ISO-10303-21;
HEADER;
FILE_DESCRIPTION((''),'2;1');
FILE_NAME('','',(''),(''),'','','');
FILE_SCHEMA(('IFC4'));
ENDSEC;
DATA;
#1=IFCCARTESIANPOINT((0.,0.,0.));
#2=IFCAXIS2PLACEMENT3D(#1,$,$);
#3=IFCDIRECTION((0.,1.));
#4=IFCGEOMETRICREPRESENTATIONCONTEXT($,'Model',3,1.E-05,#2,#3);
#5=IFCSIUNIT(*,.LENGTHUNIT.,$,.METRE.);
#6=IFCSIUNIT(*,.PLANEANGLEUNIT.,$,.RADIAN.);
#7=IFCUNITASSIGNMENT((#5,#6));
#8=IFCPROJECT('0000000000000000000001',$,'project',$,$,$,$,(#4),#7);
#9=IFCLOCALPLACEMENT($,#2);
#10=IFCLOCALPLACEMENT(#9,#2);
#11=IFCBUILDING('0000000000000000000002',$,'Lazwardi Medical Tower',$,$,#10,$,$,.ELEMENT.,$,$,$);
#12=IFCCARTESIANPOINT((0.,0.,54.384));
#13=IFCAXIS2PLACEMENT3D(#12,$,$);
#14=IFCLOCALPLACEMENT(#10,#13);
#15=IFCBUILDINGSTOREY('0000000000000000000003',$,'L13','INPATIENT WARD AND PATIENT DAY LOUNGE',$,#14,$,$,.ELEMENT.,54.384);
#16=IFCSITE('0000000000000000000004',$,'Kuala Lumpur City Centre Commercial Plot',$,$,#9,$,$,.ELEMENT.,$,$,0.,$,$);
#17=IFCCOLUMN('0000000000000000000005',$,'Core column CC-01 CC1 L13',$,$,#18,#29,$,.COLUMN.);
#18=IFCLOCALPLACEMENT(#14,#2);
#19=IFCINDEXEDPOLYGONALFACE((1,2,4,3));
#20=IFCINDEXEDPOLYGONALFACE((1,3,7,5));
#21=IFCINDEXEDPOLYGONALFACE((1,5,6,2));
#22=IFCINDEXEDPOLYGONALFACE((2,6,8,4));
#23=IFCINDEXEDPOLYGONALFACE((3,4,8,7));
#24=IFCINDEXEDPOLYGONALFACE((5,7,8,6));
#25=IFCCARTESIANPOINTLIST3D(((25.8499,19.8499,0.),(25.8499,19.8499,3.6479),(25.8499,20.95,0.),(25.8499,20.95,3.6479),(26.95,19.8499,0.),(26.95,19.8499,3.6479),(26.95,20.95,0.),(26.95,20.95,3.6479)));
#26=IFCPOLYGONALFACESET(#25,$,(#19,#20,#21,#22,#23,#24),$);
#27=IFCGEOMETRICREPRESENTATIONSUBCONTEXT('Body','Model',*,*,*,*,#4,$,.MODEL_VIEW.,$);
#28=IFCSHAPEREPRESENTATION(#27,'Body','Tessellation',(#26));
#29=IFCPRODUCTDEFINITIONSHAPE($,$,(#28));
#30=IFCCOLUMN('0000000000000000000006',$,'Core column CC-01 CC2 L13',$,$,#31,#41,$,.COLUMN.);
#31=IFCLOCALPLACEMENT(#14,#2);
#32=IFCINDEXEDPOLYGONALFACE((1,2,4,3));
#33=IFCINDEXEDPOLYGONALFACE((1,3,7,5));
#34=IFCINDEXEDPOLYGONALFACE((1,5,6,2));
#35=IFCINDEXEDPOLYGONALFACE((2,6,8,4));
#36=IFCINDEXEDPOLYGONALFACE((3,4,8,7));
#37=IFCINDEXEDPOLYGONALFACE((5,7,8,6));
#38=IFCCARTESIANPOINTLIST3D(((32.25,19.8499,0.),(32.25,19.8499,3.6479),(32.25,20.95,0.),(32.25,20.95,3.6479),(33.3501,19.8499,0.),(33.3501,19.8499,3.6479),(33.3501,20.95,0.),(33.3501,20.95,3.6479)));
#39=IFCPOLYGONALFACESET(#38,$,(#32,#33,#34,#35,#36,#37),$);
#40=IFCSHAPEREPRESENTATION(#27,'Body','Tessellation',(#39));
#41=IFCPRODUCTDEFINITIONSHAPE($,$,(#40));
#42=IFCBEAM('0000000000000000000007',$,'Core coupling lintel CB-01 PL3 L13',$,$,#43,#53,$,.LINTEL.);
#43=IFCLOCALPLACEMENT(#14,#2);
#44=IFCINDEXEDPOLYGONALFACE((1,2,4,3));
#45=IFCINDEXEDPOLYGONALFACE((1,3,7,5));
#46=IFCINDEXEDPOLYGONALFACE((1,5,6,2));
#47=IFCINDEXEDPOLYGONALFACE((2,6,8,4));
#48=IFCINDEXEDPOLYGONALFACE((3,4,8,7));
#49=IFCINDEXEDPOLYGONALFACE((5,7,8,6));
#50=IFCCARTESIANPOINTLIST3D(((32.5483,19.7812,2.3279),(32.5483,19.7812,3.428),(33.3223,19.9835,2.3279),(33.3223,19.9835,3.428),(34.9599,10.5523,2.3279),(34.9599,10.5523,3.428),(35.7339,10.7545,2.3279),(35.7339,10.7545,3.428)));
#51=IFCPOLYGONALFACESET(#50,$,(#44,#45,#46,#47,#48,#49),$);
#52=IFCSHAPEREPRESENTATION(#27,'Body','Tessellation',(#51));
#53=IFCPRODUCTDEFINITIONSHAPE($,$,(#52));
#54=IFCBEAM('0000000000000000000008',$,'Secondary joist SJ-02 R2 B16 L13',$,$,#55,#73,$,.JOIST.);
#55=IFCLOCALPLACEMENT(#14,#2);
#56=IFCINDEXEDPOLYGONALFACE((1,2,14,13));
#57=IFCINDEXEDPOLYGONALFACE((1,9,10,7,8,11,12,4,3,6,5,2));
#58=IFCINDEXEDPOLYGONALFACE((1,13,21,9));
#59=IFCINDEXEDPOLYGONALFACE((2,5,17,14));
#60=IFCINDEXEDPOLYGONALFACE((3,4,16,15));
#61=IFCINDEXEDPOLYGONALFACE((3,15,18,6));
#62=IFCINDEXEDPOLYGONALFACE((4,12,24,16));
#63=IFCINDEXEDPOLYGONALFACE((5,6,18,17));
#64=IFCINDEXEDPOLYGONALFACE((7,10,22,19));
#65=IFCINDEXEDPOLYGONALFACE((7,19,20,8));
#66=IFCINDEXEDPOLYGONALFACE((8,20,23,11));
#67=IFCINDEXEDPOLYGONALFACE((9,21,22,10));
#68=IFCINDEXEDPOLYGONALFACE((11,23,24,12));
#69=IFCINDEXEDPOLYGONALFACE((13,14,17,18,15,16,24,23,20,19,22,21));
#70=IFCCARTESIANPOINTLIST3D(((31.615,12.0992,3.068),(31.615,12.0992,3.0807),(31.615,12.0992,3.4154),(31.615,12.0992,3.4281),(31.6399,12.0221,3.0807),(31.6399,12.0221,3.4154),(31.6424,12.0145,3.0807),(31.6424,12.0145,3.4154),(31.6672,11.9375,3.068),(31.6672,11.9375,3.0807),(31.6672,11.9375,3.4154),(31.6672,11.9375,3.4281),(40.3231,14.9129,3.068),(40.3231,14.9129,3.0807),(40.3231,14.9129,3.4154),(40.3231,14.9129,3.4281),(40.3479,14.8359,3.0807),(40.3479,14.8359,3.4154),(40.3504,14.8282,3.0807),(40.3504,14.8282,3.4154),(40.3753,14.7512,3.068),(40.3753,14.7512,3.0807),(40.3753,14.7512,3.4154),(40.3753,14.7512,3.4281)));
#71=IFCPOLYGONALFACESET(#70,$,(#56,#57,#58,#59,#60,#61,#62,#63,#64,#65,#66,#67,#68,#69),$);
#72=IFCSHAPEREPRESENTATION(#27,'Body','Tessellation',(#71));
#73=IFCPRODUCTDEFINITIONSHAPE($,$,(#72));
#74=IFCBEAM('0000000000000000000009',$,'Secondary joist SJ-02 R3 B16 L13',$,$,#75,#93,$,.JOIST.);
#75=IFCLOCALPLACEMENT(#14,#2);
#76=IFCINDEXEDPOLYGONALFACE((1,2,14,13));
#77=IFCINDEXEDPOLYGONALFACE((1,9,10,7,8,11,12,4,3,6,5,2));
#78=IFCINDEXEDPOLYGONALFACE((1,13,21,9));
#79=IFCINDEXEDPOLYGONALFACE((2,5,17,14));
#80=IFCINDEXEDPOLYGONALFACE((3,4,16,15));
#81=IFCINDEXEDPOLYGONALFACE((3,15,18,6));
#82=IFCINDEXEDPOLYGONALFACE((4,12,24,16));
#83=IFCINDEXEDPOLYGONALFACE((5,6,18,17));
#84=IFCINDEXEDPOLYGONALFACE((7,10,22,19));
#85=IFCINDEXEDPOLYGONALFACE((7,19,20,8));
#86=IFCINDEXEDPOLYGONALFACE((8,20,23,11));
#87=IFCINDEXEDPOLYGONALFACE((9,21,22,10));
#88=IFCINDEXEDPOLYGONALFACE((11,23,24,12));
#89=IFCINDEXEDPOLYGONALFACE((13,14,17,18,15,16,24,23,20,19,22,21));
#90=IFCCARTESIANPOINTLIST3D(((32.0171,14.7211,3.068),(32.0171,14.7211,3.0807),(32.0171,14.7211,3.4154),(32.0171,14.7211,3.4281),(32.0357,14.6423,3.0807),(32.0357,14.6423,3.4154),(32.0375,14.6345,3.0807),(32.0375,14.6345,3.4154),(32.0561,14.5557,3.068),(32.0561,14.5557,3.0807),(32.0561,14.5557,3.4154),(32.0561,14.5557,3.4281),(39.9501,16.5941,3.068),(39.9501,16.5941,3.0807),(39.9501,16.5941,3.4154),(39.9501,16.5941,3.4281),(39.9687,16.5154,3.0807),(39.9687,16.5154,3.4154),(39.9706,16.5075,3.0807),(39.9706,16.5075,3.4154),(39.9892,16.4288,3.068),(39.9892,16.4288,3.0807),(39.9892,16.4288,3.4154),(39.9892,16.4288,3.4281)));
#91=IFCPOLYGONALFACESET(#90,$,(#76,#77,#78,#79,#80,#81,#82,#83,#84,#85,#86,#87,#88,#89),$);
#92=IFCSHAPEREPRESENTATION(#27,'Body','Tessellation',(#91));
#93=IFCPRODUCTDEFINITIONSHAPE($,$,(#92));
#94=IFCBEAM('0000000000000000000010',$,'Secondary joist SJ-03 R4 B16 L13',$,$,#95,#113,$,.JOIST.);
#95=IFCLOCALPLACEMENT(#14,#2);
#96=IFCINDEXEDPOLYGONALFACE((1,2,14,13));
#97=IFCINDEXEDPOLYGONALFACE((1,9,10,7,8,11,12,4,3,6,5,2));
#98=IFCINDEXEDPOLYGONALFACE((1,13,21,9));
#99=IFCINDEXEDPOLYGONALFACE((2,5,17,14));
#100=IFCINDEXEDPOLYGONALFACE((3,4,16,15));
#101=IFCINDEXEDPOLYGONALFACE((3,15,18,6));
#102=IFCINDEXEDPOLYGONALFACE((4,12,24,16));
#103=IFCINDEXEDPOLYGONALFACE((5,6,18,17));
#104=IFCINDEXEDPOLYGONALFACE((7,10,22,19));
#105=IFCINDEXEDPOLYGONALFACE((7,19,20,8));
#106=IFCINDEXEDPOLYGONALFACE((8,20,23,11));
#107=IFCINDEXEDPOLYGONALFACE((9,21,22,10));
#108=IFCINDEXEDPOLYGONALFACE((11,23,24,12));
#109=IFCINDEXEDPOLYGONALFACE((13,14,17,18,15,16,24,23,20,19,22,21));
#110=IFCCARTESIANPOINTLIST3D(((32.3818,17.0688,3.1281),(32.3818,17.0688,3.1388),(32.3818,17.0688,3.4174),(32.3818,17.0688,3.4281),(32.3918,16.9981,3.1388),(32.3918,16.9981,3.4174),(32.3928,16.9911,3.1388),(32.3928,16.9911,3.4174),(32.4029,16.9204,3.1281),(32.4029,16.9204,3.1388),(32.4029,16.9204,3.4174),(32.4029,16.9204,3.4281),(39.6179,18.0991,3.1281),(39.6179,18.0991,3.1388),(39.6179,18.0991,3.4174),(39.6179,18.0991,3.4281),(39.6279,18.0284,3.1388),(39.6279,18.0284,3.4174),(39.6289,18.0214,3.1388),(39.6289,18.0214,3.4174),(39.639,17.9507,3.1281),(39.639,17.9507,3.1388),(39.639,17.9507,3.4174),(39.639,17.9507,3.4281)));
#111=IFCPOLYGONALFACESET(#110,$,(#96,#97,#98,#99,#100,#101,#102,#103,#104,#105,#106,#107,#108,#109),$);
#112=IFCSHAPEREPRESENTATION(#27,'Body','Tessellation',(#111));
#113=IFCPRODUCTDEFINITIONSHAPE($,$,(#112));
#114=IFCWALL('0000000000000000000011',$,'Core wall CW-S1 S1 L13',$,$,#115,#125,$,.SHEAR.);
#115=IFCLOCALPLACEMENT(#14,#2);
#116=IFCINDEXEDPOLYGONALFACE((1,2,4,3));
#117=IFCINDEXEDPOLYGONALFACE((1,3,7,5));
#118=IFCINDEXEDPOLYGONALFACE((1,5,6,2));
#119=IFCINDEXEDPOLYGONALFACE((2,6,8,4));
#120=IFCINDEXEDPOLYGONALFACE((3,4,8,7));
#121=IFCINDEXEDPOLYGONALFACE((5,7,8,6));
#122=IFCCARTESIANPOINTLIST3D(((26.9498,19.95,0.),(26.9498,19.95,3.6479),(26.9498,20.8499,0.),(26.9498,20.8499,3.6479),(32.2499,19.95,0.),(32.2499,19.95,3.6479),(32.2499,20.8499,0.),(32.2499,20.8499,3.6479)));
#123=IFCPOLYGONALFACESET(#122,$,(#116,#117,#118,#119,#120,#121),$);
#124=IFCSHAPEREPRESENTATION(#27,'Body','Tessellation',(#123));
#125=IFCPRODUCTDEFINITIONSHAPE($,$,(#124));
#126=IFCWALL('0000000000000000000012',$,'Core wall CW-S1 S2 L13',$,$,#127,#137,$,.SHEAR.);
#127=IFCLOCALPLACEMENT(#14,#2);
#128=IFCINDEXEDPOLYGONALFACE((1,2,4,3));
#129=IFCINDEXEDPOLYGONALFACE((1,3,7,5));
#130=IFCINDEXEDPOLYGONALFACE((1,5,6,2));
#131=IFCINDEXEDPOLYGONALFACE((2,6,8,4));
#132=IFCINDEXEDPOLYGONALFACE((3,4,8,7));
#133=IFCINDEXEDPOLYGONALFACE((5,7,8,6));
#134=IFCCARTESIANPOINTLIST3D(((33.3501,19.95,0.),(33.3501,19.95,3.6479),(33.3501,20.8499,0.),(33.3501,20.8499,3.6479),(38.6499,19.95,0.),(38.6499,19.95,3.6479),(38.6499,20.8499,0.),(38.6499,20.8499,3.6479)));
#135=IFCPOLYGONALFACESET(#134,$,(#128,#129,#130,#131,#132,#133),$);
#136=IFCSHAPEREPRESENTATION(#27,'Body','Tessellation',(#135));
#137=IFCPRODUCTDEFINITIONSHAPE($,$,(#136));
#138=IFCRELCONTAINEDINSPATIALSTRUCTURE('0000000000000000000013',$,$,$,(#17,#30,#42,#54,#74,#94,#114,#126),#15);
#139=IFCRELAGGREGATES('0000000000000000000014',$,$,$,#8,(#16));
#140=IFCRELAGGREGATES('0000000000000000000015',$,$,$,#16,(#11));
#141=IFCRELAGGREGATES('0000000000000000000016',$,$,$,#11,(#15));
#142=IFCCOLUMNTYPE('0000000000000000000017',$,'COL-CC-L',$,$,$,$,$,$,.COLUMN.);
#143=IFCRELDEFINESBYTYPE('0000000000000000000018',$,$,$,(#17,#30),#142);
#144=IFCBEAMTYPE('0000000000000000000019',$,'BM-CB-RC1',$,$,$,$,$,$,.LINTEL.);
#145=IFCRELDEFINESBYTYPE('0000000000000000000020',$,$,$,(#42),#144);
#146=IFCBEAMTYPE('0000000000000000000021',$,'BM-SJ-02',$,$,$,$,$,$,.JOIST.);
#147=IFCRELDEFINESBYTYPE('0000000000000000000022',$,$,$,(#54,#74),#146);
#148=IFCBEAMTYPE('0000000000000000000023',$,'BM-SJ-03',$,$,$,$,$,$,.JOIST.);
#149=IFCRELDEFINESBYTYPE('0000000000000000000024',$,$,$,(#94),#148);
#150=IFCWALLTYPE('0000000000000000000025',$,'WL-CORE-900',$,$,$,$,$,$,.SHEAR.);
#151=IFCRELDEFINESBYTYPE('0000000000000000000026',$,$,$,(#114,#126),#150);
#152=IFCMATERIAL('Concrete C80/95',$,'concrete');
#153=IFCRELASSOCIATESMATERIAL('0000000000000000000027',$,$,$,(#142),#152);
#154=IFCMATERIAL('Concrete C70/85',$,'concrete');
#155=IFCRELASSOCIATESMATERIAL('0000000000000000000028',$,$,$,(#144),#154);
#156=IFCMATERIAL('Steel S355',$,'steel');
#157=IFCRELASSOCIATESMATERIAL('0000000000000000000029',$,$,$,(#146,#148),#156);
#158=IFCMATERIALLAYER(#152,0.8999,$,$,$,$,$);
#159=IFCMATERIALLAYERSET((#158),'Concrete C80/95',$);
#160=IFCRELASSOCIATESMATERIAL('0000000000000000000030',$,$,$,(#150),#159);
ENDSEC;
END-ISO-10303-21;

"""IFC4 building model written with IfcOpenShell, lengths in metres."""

from ifc_helpers import new_model, si_unit, direction, frame, frame_2d, origin, origin_2d, place, context, subcontext, project, spatial, rectangle, i_section, extrude, material, layer, layer_set, material_profile, profile_set, type_object, element, save


model = new_model("IFC4")

# Units and contexts
model_context = context("Model", 3, precision=1e-05, world=origin(), true_north=direction((0.0, 1.0)))
body_context = subcontext(model_context, "Body", "Model", "MODEL_VIEW")
ifc_project = project(units=[si_unit("LENGTHUNIT", "METRE"), si_unit("PLANEANGLEUNIT", "RADIAN")], contexts=[model_context])

# Site, building, storey
site_placement = place(None, origin())
site = spatial("IfcSite", under=ifc_project, at=site_placement, Name="Kuala Lumpur City Centre Commercial Plot", CompositionType="ELEMENT", RefElevation=0.0)
building_placement = place(site_placement, origin())
building = spatial("IfcBuilding", under=site, at=building_placement, Name="Lazwardi Medical Tower", CompositionType="ELEMENT")
storey_placement = place(building_placement, frame((0.0, 0.0, 54.384)))
storey = spatial("IfcBuildingStorey", under=building, at=storey_placement, Name="L13", Description="INPATIENT WARD AND PATIENT DAY LOUNGE", CompositionType="ELEMENT", Elevation=54.384)

# Columns
ifc_material_1 = material(Name="Concrete C80/95", Category="concrete")
ifc_material_profile_1 = material_profile(ifc_material_1, rectangle(XDim=1.1001, YDim=1.1001, at=origin_2d()), Name="RC 1100x1100")
ifc_profile_set_1 = profile_set([ifc_material_profile_1], Name="Concrete C80/95")
column_type = type_object("IfcColumnType", Name="COL-CC-L", PredefinedType="COLUMN", material=ifc_profile_set_1)
for number, where, z_axis, x_axis, name in (
    (1, (26.3999, 20.3999, 0.0), (0.0, 0.0, 1.0), (1.0, 0.0, 0.0), "Core column CC-01 CC1 L13"),
    (2, (32.8, 20.3999, 0.0), (0.0, 0.0, 1.0), (1.0, 0.0, 0.0), "Core column CC-01 CC2 L13"),
):
    element("IfcColumn", number, at=place(storey_placement, frame(where, z_axis=z_axis, x_axis=x_axis)), inside=storey, type_object=column_type, Name=name, PredefinedType="COLUMN", context=body_context, shape_type="SweptSolid", body=[
        extrude(rectangle(XDim=1.1001, YDim=1.1001, at=origin_2d()), origin(), (0.0, 0.0, 1.0), 3.6479),
    ])

# Beams
ifc_material_2 = material(Name="Concrete C70/85", Category="concrete")
ifc_material_profile_2 = material_profile(ifc_material_2, rectangle(XDim=0.8, YDim=1.1001, at=origin_2d()), Name="RC 800x1100")
ifc_profile_set_2 = profile_set([ifc_material_profile_2], Name="Concrete C70/85")
beam_type_1 = type_object("IfcBeamType", Name="BM-CB-RC1", PredefinedType="LINTEL", material=ifc_profile_set_2)
beam_1_placement = place(storey_placement, frame((32.9353, 19.8823, 2.8779), z_axis=(0.25282, -0.967513, 0.0), x_axis=(0.967513, 0.25282, 0.0)))
element("IfcBeam", 3, at=beam_1_placement, inside=storey, type_object=beam_type_1, Name="Core coupling lintel CB-01 PL3 L13", PredefinedType="LINTEL", context=body_context, shape_type="SweptSolid", body=[
    extrude(rectangle(XDim=0.8, YDim=1.1001, at=origin_2d()), origin(), (0.0, 0.0, 1.0), 9.5388),
])
ifc_material_3 = material(Name="Steel S355", Category="steel")
ifc_material_profile_3 = material_profile(ifc_material_3, i_section(OverallWidth=0.1699, OverallDepth=0.3601, WebThickness=0.0081, FlangeThickness=0.0127, at=origin_2d()), Name="IPE 360")
ifc_profile_set_3 = profile_set([ifc_material_profile_3], Name="Steel S355")
beam_type_2 = type_object("IfcBeamType", Name="BM-SJ-02", PredefinedType="JOIST", material=ifc_profile_set_3)
beam_2_placement = place(storey_placement, frame((31.6411, 12.0183, 3.248), z_axis=(0.951559, 0.307467, 0.0), x_axis=(-0.307467, 0.951559, 0.0)))
element("IfcBeam", 4, at=beam_2_placement, inside=storey, type_object=beam_type_2, Name="Secondary joist SJ-02 R2 B16 L13", PredefinedType="JOIST", context=body_context, shape_type="SweptSolid", body=[
    extrude(i_section(OverallWidth=0.1699, OverallDepth=0.3601, WebThickness=0.0081, FlangeThickness=0.0127, at=origin_2d()), origin(), (0.0, 0.0, 1.0), 9.1514),
])
beam_3_placement = place(storey_placement, frame((32.0366, 14.6384, 3.248), z_axis=(0.973241, 0.229787, 0.0), x_axis=(-0.229787, 0.973241, 0.0)))
element("IfcBeam", 5, at=beam_3_placement, inside=storey, type_object=beam_type_2, Name="Secondary joist SJ-02 R3 B16 L13", PredefinedType="JOIST", context=body_context, shape_type="SweptSolid", body=[
    extrude(i_section(OverallWidth=0.1699, OverallDepth=0.3601, WebThickness=0.0081, FlangeThickness=0.0127, at=origin_2d()), origin(), (0.0, 0.0, 1.0), 8.1511),
])
ifc_material_profile_4 = material_profile(ifc_material_3, i_section(OverallWidth=0.1499, OverallDepth=0.3, WebThickness=0.0071, FlangeThickness=0.0107, at=origin_2d()), Name="IPE 300")
ifc_profile_set_4 = profile_set([ifc_material_profile_4], Name="Steel S355")
beam_type_3 = type_object("IfcBeamType", Name="BM-SJ-03", PredefinedType="JOIST", material=ifc_profile_set_4)
beam_4_placement = place(storey_placement, frame((32.3923, 16.9946, 3.2781), z_axis=(0.990016, 0.140958, 0.0), x_axis=(-0.140958, 0.990016, 0.0)))
element("IfcBeam", 6, at=beam_4_placement, inside=storey, type_object=beam_type_3, Name="Secondary joist SJ-03 R4 B16 L13", PredefinedType="JOIST", context=body_context, shape_type="SweptSolid", body=[
    extrude(i_section(OverallWidth=0.1499, OverallDepth=0.3, WebThickness=0.0071, FlangeThickness=0.0107, at=origin_2d()), origin(), (0.0, 0.0, 1.0), 7.3091),
])

# Shared definitions
ifc_layer_1 = layer(ifc_material_1, 0.8999)
ifc_layer_set_1 = layer_set([ifc_layer_1], Name="Concrete C80/95")
wall_type_1 = type_object("IfcWallType", Name="WL-CORE-900", PredefinedType="SHEAR", material=ifc_layer_set_1)

# Walls
wall_1_placement = place(storey_placement, frame((26.95, 20.3999, 0.0), z_axis=(0.0, 0.0, 1.0), x_axis=(1.0, 0.0, 0.0)))
element("IfcWall", 7, at=wall_1_placement, inside=storey, type_object=wall_type_1, Name="Core wall CW-S1 S1 L13", PredefinedType="SHEAR", context=body_context, shape_type="SweptSolid", body=[
    extrude(rectangle(XDim=5.3, YDim=0.8999, at=frame_2d((2.6499, 0.0))), origin(), (0.0, 0.0, 1.0), 3.6479),
])
wall_2_placement = place(storey_placement, frame((33.3501, 20.3999, 0.0), z_axis=(0.0, 0.0, 1.0), x_axis=(1.0, 0.0, 0.0)))
element("IfcWall", 8, at=wall_2_placement, inside=storey, type_object=wall_type_1, Name="Core wall CW-S1 S2 L13", PredefinedType="SHEAR", context=body_context, shape_type="SweptSolid", body=[
    extrude(rectangle(XDim=5.2998, YDim=0.8999, at=frame_2d((2.6499, 0.0))), origin(), (0.0, 0.0, 1.0), 3.6479),
])

save(model, "model.ifc")
